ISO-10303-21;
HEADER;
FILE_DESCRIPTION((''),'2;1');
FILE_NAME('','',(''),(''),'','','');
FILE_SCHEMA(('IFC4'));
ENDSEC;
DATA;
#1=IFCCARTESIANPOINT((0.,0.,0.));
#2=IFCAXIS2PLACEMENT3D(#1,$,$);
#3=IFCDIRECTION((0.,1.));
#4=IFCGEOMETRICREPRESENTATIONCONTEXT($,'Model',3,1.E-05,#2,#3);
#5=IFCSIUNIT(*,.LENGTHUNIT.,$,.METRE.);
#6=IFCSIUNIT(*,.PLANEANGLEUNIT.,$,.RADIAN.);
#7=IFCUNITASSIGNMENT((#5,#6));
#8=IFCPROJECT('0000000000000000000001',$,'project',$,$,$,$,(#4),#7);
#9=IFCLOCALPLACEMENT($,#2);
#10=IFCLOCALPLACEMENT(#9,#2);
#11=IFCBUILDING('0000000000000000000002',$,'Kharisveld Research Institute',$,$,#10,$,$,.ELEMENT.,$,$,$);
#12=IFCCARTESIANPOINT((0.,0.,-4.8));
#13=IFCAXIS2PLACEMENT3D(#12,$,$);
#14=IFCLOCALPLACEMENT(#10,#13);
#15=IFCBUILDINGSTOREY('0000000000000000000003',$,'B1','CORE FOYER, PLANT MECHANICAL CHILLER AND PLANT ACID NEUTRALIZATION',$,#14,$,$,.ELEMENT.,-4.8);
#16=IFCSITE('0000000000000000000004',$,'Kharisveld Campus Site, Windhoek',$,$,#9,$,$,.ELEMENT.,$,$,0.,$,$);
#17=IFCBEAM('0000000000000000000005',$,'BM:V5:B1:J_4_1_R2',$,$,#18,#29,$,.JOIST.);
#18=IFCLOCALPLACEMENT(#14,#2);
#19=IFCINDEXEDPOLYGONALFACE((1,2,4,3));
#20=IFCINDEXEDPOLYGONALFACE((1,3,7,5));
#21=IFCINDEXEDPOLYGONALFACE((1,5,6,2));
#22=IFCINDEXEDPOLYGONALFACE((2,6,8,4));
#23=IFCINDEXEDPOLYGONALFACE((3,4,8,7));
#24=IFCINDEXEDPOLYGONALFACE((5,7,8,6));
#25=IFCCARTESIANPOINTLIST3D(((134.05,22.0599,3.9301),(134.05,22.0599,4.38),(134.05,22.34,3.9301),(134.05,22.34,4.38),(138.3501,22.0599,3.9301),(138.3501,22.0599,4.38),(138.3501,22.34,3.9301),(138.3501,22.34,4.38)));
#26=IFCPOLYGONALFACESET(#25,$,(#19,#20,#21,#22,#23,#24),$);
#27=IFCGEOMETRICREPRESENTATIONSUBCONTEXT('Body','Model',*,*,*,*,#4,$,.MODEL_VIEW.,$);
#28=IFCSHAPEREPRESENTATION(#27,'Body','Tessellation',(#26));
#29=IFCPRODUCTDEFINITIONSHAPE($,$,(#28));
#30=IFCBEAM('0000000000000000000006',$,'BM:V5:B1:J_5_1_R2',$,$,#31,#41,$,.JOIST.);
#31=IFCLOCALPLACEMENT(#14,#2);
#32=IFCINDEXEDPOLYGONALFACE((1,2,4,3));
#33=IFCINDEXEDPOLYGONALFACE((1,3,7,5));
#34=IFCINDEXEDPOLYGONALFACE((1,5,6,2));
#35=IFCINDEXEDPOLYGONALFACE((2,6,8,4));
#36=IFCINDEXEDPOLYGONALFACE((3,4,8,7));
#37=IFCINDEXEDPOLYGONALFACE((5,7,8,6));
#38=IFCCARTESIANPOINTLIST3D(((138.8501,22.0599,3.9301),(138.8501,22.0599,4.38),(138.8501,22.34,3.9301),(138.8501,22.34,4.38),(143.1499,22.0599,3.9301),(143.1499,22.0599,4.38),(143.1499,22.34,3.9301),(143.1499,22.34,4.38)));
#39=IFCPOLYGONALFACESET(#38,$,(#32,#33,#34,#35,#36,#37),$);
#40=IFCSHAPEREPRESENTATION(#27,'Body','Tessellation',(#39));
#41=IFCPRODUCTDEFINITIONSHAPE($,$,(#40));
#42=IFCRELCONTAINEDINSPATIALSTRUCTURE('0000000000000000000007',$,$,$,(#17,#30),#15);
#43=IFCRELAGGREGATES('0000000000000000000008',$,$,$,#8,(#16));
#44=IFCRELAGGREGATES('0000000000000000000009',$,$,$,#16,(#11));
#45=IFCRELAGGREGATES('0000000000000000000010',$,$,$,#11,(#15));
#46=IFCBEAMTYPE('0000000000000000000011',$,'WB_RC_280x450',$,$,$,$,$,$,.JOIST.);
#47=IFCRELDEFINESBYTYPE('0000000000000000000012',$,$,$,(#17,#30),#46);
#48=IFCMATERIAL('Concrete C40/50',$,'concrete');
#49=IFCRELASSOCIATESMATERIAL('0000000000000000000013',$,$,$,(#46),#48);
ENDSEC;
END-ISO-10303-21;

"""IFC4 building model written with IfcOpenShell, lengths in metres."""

from ifc_helpers import new_model, si_unit, direction, frame, origin, origin_2d, place, context, subcontext, project, spatial, rectangle, extrude, material, material_profile, profile_set, type_object, element, save


model = new_model("IFC4")

# Units and contexts
model_context = context("Model", 3, precision=1e-05, world=origin(), true_north=direction((0.0, 1.0)))
body_context = subcontext(model_context, "Body", "Model", "MODEL_VIEW")
ifc_project = project(units=[si_unit("LENGTHUNIT", "METRE"), si_unit("PLANEANGLEUNIT", "RADIAN")], contexts=[model_context])

# Site, building, storey
site_placement = place(None, origin())
site = spatial("IfcSite", under=ifc_project, at=site_placement, Name="Kharisveld Campus Site, Windhoek", CompositionType="ELEMENT", RefElevation=0.0)
building_placement = place(site_placement, origin())
building = spatial("IfcBuilding", under=site, at=building_placement, Name="Kharisveld Research Institute", CompositionType="ELEMENT")
storey_placement = place(building_placement, frame((0.0, 0.0, -4.8)))
storey = spatial("IfcBuildingStorey", under=building, at=storey_placement, Name="B1", Description="CORE FOYER, PLANT MECHANICAL CHILLER AND PLANT ACID NEUTRALIZATION", CompositionType="ELEMENT", Elevation=-4.8)

# Beams
ifc_material_1 = material(Name="Concrete C40/50", Category="concrete")
ifc_material_profile_1 = material_profile(ifc_material_1, rectangle(XDim=0.28, YDim=0.45, at=origin_2d()))
ifc_profile_set_1 = profile_set([ifc_material_profile_1], Name="Concrete C40/50")
beam_type_1 = type_object("IfcBeamType", Name="WB_RC_280x450", PredefinedType="JOIST", material=ifc_profile_set_1)
beam_1_placement = place(storey_placement, frame((134.05, 22.2, 4.155), z_axis=(1.0, 0.0, 0.0), x_axis=(0.0, 1.0, 0.0)))
element("IfcBeam", 1, at=beam_1_placement, inside=storey, type_object=beam_type_1, Name="BM:V5:B1:J_4_1_R2", PredefinedType="JOIST", context=body_context, shape_type="SweptSolid", body=[
    extrude(rectangle(XDim=0.28, YDim=0.45, at=origin_2d()), origin(), (0.0, 0.0, 1.0), 4.3),
])
beam_2_placement = place(storey_placement, frame((138.8501, 22.2, 4.155), z_axis=(1.0, 0.0, 0.0), x_axis=(0.0, 1.0, 0.0)))
element("IfcBeam", 2, at=beam_2_placement, inside=storey, type_object=beam_type_1, Name="BM:V5:B1:J_5_1_R2", PredefinedType="JOIST", context=body_context, shape_type="SweptSolid", body=[
    extrude(rectangle(XDim=0.28, YDim=0.45, at=origin_2d()), origin(), (0.0, 0.0, 1.0), 4.2998),
])

save(model, "model.ifc")
